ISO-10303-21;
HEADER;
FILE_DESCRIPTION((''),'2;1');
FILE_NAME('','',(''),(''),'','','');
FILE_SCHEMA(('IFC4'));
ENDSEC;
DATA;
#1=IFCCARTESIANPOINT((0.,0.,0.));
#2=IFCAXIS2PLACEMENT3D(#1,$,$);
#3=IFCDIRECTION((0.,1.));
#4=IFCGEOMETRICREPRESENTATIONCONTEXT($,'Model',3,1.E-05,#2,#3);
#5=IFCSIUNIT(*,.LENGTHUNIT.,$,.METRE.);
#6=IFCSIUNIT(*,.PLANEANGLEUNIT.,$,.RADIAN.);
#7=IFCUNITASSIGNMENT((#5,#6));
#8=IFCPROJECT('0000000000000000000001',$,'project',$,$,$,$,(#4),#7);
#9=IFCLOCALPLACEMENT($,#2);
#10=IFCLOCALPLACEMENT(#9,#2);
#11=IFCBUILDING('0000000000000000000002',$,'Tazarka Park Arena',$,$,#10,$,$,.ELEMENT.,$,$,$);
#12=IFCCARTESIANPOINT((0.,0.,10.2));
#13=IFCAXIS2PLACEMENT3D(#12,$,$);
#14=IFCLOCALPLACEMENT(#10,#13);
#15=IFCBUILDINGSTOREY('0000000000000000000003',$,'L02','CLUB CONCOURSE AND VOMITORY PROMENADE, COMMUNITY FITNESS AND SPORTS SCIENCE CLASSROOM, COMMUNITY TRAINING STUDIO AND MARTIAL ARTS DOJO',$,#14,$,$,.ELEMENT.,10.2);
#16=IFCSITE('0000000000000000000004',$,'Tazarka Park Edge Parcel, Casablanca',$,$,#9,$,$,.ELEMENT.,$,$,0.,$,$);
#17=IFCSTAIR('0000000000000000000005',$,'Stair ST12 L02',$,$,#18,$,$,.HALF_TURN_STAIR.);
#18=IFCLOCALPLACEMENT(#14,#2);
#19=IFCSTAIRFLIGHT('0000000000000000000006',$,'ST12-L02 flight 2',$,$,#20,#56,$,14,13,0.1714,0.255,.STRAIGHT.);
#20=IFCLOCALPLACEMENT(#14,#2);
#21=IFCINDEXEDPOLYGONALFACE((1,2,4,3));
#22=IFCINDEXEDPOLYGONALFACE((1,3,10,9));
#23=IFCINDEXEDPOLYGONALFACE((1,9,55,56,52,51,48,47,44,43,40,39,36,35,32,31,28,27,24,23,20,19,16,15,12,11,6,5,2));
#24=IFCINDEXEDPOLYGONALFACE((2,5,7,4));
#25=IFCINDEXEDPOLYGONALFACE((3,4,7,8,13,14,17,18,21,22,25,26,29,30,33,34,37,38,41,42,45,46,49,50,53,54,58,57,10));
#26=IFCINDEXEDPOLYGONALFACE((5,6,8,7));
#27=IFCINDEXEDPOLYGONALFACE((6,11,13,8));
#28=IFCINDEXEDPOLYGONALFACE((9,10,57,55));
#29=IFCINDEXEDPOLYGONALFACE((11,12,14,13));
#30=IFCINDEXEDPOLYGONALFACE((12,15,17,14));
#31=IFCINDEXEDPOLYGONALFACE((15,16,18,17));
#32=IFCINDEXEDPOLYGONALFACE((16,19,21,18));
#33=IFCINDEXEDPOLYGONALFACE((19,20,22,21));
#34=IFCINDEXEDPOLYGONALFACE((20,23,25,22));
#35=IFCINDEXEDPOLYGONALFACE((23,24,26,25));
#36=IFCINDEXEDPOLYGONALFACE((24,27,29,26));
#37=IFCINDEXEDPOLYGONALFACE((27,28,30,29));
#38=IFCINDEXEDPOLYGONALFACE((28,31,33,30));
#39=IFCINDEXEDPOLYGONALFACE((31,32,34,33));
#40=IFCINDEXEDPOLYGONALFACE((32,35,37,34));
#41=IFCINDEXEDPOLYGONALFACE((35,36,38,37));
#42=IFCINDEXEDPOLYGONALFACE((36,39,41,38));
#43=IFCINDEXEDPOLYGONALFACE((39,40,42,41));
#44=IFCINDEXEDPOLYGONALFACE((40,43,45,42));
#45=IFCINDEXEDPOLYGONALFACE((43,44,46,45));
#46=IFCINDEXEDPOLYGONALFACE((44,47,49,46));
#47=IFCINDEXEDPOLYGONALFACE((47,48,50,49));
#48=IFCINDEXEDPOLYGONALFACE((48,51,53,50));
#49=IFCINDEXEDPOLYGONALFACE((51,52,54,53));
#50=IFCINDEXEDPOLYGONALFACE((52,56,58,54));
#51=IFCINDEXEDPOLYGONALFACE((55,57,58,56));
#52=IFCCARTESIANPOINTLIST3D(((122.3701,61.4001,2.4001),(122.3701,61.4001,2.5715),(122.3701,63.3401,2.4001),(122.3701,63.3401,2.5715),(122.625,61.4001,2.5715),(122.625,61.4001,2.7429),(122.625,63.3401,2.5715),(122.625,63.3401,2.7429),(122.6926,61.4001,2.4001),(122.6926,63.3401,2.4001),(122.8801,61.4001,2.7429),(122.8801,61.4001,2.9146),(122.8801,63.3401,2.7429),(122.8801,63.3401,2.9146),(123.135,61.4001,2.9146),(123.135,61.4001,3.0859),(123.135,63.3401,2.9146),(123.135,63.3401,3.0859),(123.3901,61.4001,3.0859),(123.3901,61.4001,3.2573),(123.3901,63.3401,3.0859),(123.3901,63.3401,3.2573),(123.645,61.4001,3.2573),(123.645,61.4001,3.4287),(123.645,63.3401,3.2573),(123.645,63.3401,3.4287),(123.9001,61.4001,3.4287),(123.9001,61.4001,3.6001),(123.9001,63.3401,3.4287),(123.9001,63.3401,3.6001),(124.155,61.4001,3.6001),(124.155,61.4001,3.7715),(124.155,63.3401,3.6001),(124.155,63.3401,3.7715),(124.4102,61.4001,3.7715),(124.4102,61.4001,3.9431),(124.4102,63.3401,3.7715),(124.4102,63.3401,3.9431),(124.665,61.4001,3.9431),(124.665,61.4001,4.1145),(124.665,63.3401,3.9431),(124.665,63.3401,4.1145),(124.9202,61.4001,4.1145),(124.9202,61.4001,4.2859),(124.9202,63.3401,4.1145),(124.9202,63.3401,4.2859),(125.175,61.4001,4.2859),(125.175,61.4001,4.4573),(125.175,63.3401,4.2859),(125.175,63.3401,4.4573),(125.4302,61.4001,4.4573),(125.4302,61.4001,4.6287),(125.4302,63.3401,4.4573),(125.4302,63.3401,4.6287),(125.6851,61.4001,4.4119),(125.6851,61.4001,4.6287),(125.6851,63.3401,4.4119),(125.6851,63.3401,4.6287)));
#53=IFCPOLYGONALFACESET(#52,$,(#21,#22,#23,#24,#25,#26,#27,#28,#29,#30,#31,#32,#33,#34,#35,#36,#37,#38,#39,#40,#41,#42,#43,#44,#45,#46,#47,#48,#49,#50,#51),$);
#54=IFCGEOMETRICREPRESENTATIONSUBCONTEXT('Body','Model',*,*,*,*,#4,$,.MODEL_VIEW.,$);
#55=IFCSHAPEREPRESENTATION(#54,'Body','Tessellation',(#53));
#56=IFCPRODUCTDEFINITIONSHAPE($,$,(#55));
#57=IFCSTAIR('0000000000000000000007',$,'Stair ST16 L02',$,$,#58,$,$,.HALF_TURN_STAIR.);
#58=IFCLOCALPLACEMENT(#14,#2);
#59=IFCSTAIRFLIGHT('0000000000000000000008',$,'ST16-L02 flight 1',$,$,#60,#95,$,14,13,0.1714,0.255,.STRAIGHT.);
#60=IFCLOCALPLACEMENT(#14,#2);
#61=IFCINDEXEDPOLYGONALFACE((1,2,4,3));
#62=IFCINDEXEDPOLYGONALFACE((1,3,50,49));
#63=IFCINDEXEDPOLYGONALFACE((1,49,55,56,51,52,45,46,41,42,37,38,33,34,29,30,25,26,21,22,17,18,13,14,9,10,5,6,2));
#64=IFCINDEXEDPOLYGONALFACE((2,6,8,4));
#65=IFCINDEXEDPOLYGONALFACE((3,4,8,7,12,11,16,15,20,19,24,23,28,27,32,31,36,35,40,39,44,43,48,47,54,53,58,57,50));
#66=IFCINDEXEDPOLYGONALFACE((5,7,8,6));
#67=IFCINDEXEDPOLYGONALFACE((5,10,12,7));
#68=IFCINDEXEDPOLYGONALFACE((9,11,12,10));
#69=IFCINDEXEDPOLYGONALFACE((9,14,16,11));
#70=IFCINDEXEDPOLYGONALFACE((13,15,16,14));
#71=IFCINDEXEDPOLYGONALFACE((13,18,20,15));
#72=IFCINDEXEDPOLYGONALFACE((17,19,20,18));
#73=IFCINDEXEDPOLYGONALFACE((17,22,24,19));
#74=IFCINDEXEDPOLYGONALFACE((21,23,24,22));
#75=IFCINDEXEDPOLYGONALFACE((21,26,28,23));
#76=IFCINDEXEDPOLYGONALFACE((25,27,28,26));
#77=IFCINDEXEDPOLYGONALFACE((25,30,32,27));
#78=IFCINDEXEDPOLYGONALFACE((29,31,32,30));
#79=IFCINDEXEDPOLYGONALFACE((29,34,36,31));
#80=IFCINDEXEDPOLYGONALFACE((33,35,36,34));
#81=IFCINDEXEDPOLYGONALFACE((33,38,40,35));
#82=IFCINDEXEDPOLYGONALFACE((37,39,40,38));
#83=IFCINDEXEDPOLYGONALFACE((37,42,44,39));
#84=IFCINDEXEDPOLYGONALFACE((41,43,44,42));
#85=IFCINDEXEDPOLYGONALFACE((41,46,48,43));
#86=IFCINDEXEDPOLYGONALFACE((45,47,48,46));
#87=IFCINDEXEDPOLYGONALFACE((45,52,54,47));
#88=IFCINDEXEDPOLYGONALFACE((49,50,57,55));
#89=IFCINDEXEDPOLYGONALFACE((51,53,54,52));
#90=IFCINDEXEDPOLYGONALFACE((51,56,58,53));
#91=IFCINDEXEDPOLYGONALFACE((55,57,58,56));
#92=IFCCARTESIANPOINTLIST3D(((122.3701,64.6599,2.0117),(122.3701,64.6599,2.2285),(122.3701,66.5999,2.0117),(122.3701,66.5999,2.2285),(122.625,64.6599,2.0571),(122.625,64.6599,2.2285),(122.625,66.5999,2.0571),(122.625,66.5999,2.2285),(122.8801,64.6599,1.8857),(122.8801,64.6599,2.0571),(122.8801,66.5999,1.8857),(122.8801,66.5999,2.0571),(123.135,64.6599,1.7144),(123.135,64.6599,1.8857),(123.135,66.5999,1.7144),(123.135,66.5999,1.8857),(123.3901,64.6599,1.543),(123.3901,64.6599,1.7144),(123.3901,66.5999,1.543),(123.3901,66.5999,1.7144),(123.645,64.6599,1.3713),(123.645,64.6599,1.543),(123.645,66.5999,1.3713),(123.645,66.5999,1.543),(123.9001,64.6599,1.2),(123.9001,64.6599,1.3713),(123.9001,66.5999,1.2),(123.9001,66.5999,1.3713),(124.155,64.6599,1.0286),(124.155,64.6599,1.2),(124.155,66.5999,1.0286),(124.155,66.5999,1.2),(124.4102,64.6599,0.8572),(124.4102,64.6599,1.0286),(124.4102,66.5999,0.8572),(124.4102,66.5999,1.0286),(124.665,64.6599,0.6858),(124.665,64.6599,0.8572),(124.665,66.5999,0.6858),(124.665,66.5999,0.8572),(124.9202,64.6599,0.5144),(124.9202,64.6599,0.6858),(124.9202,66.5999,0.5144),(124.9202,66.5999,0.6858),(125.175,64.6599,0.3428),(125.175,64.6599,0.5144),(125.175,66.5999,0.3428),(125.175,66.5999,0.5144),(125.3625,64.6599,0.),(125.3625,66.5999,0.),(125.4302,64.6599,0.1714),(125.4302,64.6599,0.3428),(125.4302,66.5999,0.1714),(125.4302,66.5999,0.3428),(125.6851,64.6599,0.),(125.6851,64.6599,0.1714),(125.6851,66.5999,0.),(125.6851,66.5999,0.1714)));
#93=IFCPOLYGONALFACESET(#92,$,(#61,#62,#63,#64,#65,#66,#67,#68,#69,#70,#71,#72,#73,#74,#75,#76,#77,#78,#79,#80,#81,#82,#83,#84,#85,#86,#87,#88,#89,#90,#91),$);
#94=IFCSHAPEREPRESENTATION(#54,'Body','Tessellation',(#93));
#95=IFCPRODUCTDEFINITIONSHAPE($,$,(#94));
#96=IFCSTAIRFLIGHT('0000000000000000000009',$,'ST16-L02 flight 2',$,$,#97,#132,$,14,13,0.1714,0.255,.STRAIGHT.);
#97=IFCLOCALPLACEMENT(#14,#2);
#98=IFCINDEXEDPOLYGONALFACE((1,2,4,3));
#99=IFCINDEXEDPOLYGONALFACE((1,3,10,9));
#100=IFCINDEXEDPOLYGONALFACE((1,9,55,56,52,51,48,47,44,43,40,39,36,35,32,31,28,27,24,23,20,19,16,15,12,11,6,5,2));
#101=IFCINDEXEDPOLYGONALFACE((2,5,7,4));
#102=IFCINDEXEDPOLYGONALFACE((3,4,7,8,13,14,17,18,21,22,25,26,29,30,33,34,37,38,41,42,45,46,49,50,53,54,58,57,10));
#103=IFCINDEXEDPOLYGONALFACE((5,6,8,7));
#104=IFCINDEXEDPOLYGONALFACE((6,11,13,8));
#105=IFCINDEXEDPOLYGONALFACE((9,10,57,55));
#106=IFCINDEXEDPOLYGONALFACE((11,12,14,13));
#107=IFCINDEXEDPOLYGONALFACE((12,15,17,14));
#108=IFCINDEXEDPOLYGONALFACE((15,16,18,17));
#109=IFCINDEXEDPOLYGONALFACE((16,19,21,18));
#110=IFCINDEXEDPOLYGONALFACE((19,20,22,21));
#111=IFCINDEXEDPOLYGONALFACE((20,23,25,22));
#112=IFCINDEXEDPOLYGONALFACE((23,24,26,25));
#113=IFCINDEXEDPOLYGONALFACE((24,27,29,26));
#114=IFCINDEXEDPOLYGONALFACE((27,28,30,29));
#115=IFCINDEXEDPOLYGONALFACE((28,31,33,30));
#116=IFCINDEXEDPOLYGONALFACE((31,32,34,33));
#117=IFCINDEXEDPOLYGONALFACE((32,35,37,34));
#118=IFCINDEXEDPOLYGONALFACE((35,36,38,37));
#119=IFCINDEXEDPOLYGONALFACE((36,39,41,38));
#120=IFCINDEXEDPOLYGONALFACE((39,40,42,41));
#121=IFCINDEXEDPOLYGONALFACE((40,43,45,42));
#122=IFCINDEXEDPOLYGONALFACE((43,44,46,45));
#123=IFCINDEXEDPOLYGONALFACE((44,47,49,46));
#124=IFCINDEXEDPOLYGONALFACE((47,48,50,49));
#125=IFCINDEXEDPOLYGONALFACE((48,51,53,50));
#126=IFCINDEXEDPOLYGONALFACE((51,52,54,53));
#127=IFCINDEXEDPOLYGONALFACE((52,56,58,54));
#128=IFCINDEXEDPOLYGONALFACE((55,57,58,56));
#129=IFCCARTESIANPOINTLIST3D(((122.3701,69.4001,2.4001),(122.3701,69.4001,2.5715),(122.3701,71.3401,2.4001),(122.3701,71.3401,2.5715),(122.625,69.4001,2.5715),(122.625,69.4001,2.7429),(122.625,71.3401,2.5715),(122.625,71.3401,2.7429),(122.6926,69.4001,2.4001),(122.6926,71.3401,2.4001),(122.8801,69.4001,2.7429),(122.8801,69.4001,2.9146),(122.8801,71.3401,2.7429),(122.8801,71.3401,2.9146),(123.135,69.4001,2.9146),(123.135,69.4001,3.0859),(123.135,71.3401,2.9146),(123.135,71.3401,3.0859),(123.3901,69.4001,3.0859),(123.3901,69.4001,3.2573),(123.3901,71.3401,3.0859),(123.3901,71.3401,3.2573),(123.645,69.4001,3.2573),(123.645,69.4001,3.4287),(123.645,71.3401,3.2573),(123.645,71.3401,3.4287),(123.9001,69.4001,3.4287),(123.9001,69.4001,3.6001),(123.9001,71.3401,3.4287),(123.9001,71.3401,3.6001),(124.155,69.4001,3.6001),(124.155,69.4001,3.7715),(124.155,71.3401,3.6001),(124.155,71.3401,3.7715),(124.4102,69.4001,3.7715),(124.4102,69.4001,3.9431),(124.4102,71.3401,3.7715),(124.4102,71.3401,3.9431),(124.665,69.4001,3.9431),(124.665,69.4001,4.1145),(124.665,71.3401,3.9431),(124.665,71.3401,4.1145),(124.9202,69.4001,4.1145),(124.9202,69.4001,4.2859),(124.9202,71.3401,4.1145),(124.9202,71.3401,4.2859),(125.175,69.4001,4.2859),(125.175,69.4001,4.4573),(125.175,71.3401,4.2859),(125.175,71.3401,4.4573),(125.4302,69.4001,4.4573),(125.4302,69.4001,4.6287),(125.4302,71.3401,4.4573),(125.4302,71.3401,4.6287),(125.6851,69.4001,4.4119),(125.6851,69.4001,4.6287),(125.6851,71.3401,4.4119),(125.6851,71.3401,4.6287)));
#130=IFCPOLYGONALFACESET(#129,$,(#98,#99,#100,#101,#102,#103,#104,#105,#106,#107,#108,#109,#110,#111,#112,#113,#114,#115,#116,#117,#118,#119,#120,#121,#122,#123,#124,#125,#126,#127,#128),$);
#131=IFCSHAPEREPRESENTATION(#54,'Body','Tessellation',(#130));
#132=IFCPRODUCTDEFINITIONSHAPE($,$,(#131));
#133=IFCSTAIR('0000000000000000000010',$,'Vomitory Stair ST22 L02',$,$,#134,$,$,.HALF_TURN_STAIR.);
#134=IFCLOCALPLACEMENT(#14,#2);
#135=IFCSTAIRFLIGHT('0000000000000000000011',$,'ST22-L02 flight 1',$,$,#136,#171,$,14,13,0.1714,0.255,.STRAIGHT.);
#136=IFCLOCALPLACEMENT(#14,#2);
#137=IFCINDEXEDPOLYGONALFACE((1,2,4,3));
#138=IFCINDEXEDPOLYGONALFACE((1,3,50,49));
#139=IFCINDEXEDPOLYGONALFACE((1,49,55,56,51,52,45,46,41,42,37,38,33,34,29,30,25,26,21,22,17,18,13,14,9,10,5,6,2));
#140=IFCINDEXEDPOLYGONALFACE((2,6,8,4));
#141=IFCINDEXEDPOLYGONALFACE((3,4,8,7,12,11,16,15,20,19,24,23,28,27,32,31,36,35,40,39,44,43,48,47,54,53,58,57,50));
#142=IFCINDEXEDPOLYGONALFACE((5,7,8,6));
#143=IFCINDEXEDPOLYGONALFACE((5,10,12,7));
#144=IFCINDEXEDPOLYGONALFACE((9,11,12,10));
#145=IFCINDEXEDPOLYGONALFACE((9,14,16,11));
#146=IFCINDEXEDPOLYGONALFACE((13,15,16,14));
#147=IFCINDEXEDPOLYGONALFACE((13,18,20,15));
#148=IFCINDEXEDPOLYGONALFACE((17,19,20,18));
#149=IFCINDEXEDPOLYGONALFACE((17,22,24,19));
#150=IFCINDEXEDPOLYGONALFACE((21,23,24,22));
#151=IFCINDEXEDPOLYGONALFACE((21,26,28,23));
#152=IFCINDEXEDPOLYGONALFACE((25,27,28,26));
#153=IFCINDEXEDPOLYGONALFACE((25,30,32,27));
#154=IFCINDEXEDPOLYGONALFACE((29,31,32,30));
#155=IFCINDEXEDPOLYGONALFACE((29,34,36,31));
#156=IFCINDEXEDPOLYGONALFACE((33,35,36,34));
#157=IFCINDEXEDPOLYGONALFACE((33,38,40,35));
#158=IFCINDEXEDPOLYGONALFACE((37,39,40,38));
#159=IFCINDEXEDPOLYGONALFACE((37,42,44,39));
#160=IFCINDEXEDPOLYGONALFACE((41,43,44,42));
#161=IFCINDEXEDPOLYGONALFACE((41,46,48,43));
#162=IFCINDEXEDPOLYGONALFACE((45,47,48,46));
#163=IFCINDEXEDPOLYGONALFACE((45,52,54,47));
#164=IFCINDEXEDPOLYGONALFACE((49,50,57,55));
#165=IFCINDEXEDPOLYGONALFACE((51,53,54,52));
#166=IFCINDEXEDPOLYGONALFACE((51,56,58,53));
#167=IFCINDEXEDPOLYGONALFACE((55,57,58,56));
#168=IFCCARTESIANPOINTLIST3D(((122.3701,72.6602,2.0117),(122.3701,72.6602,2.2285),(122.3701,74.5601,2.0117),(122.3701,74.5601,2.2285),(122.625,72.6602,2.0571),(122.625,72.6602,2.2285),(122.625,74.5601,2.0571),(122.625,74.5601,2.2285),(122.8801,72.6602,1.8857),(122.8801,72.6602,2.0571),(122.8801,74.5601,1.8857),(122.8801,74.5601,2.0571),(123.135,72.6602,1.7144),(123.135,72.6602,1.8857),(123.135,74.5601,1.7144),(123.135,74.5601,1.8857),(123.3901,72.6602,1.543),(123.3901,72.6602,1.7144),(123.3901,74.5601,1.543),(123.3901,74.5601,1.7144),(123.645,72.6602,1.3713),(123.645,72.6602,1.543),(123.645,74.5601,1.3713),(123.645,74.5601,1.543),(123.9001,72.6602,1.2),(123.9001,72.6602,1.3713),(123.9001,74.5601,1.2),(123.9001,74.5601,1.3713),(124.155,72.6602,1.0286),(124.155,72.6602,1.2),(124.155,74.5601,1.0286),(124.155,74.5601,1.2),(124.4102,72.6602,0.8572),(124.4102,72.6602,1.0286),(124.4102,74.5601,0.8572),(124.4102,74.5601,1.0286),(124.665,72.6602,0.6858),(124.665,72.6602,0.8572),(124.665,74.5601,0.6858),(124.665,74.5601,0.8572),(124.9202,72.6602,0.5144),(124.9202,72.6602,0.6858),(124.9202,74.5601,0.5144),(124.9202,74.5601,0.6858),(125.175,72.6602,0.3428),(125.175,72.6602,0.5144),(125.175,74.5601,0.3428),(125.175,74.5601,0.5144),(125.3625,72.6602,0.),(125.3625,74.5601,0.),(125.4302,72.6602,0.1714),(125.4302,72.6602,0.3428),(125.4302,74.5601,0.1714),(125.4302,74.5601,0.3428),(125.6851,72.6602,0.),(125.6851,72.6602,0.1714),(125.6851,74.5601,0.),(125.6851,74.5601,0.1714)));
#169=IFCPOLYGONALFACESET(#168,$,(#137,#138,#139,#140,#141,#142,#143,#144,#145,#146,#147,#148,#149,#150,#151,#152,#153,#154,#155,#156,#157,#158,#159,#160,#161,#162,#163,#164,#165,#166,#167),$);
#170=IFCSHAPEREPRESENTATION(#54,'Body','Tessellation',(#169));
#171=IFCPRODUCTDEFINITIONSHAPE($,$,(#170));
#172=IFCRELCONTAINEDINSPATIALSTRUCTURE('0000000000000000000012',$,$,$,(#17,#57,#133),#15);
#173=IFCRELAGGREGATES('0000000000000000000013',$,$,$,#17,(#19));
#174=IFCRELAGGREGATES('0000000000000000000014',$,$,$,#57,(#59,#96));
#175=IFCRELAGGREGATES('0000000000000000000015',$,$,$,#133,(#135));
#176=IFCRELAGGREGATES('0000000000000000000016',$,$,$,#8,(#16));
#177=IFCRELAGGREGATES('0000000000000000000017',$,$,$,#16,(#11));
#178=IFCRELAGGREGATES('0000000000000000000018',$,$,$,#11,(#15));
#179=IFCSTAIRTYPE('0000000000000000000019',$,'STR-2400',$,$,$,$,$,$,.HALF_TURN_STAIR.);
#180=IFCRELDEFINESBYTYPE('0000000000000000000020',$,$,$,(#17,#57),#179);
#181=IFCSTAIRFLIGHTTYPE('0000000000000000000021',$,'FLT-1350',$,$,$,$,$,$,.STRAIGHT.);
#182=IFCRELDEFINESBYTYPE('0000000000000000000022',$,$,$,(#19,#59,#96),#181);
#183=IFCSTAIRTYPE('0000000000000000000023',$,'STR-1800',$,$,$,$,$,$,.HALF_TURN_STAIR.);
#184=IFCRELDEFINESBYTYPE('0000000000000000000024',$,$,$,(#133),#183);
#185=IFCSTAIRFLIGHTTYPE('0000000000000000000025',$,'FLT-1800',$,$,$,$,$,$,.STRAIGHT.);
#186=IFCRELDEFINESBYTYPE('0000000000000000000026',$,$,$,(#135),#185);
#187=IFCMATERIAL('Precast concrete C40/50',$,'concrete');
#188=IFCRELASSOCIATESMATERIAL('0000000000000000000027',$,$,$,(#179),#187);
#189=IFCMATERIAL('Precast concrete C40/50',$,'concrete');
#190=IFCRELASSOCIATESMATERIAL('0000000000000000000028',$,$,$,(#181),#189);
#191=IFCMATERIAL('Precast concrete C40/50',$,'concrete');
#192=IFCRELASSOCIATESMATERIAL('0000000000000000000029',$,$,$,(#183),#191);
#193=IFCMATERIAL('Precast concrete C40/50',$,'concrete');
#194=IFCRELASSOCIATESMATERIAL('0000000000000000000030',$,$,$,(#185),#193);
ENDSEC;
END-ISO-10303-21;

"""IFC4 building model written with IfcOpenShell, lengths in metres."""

from ifc_helpers import new_model, si_unit, direction, frame, origin, place, context, subcontext, project, spatial, polyline, outline, extrude, material, type_object, element, aggregate, save


model = new_model("IFC4")

# Units and contexts
model_context = context("Model", 3, precision=1e-05, world=origin(), true_north=direction((0.0, 1.0)))
body_context = subcontext(model_context, "Body", "Model", "MODEL_VIEW")
ifc_project = project(units=[si_unit("LENGTHUNIT", "METRE"), si_unit("PLANEANGLEUNIT", "RADIAN")], contexts=[model_context])

# Site, building, storey
site_placement = place(None, origin())
site = spatial("IfcSite", under=ifc_project, at=site_placement, Name="Tazarka Park Edge Parcel, Casablanca", CompositionType="ELEMENT", RefElevation=0.0)
building_placement = place(site_placement, origin())
building = spatial("IfcBuilding", under=site, at=building_placement, Name="Tazarka Park Arena", CompositionType="ELEMENT")
storey_placement = place(building_placement, frame((0.0, 0.0, 10.2)))
storey = spatial("IfcBuildingStorey", under=building, at=storey_placement, Name="L02", Description="CLUB CONCOURSE AND VOMITORY PROMENADE, COMMUNITY FITNESS AND SPORTS SCIENCE CLASSROOM, COMMUNITY TRAINING STUDIO AND MARTIAL ARTS DOJO", CompositionType="ELEMENT", Elevation=10.2)

# Stair, stair flight
ifc_material_1 = material(Name="Precast concrete C40/50", Category="concrete")
stair_type_1 = type_object("IfcStairType", Name="STR-2400", PredefinedType="HALF_TURN_STAIR", material=ifc_material_1)
stair_1_placement = place(storey_placement, origin())
stair_1 = element("IfcStair", 1, at=stair_1_placement, inside=storey, type_object=stair_type_1, Name="Stair ST12 L02", PredefinedType="HALF_TURN_STAIR")
ifc_material_2 = material(Name="Precast concrete C40/50", Category="concrete")
stair_flight_type_1 = type_object("IfcStairFlightType", Name="FLT-1350", PredefinedType="STRAIGHT", material=ifc_material_2)
stair_flight_1_placement = place(storey_placement, frame((122.3701, 62.3701, 2.4001), z_axis=(0.0, 0.0, 1.0), x_axis=(1.0, 0.0, 0.0)))
stair_flight_1 = element("IfcStairFlight", 2, at=stair_flight_1_placement, type_object=stair_flight_type_1, Name="ST12-L02 flight 2", NumberOfRisers=14, NumberOfTreads=13, PredefinedType="STRAIGHT", RiserHeight=0.1714, TreadLength=0.255, context=body_context, shape_type="SweptSolid", body=[
    extrude(outline(polyline([(0.0, 0.0), (0.0, 0.1714), (0.2549, 0.1714), (0.2549, 0.3428), (0.51, 0.3428), (0.51, 0.5144), (0.7649, 0.5144), (0.7649, 0.6858), (1.02, 0.6858), (1.02, 0.8572), (1.2749, 0.8572), (1.2749, 1.0286), (1.53, 1.0286), (1.53, 1.2), (1.7849, 1.2), (1.7849, 1.3713), (2.04, 1.3713), (2.04, 1.543), (2.2949, 1.543), (2.2949, 1.7144), (2.55, 1.7144), (2.55, 1.8857), (2.8049, 1.8857), (2.8049, 2.0571), (3.0601, 2.0571), (3.0601, 2.2285), (3.3149, 2.2285), (3.3149, 2.3999), (3.3149, 2.0117), (0.3225, 0.0), (0.0, 0.0)])), frame((0.0, 0.97, 0.0), z_axis=(0.0, -1.0, 0.0), x_axis=(1.0, 0.0, 0.0)), (0.0, 0.0, 1.0), 1.9399),
])
aggregate(stair_1, [stair_flight_1])

# Stair, stair flights
stair_2_placement = place(storey_placement, origin())
stair_2 = element("IfcStair", 3, at=stair_2_placement, inside=storey, type_object=stair_type_1, Name="Stair ST16 L02", PredefinedType="HALF_TURN_STAIR")
stair_flight_2_placement = place(storey_placement, frame((125.6851, 65.6299, 0.0), z_axis=(0.0, 0.0, 1.0), x_axis=(-1.0, 0.0, 0.0)))
stair_flight_2 = element("IfcStairFlight", 4, at=stair_flight_2_placement, type_object=stair_flight_type_1, Name="ST16-L02 flight 1", NumberOfRisers=14, NumberOfTreads=13, PredefinedType="STRAIGHT", RiserHeight=0.1714, TreadLength=0.255, context=body_context, shape_type="SweptSolid", body=[
    extrude(outline(polyline([(0.0, 0.0), (0.0, 0.1714), (0.2549, 0.1714), (0.2549, 0.3428), (0.51, 0.3428), (0.51, 0.5144), (0.7649, 0.5144), (0.7649, 0.6858), (1.02, 0.6858), (1.02, 0.8572), (1.2749, 0.8572), (1.2749, 1.0286), (1.53, 1.0286), (1.53, 1.2), (1.7849, 1.2), (1.7849, 1.3713), (2.04, 1.3713), (2.04, 1.543), (2.2949, 1.543), (2.2949, 1.7144), (2.55, 1.7144), (2.55, 1.8857), (2.8049, 1.8857), (2.8049, 2.0571), (3.0601, 2.0571), (3.0601, 2.2285), (3.3149, 2.2285), (3.3149, 2.3999), (3.3149, 2.0117), (0.3225, 0.0), (0.0, 0.0)])), frame((0.0, 0.97, 0.0), z_axis=(0.0, -1.0, 0.0), x_axis=(1.0, 0.0, 0.0)), (0.0, 0.0, 1.0), 1.9399),
])
stair_flight_3_placement = place(storey_placement, frame((122.3701, 70.3701, 2.4001), z_axis=(0.0, 0.0, 1.0), x_axis=(1.0, 0.0, 0.0)))
stair_flight_3 = element("IfcStairFlight", 5, at=stair_flight_3_placement, type_object=stair_flight_type_1, Name="ST16-L02 flight 2", NumberOfRisers=14, NumberOfTreads=13, PredefinedType="STRAIGHT", RiserHeight=0.1714, TreadLength=0.255, context=body_context, shape_type="SweptSolid", body=[
    extrude(outline(polyline([(0.0, 0.0), (0.0, 0.1714), (0.2549, 0.1714), (0.2549, 0.3428), (0.51, 0.3428), (0.51, 0.5144), (0.7649, 0.5144), (0.7649, 0.6858), (1.02, 0.6858), (1.02, 0.8572), (1.2749, 0.8572), (1.2749, 1.0286), (1.53, 1.0286), (1.53, 1.2), (1.7849, 1.2), (1.7849, 1.3713), (2.04, 1.3713), (2.04, 1.543), (2.2949, 1.543), (2.2949, 1.7144), (2.55, 1.7144), (2.55, 1.8857), (2.8049, 1.8857), (2.8049, 2.0571), (3.0601, 2.0571), (3.0601, 2.2285), (3.3149, 2.2285), (3.3149, 2.3999), (3.3149, 2.0117), (0.3225, 0.0), (0.0, 0.0)])), frame((0.0, 0.97, 0.0), z_axis=(0.0, -1.0, 0.0), x_axis=(1.0, 0.0, 0.0)), (0.0, 0.0, 1.0), 1.9399),
])
aggregate(stair_2, [stair_flight_2, stair_flight_3])

# Stair, stair flight
ifc_material_3 = material(Name="Precast concrete C40/50", Category="concrete")
stair_type_2 = type_object("IfcStairType", Name="STR-1800", PredefinedType="HALF_TURN_STAIR", material=ifc_material_3)
stair_3_placement = place(storey_placement, origin())
stair_3 = element("IfcStair", 6, at=stair_3_placement, inside=storey, type_object=stair_type_2, Name="Vomitory Stair ST22 L02", PredefinedType="HALF_TURN_STAIR")
ifc_material_4 = material(Name="Precast concrete C40/50", Category="concrete")
stair_flight_type_2 = type_object("IfcStairFlightType", Name="FLT-1800", PredefinedType="STRAIGHT", material=ifc_material_4)
stair_flight_4_placement = place(storey_placement, frame((125.6851, 73.6101, 0.0), z_axis=(0.0, 0.0, 1.0), x_axis=(-1.0, 0.0, 0.0)))
stair_flight_4 = element("IfcStairFlight", 7, at=stair_flight_4_placement, type_object=stair_flight_type_2, Name="ST22-L02 flight 1", NumberOfRisers=14, NumberOfTreads=13, PredefinedType="STRAIGHT", RiserHeight=0.1714, TreadLength=0.255, context=body_context, shape_type="SweptSolid", body=[
    extrude(outline(polyline([(0.0, 0.0), (0.0, 0.1714), (0.2549, 0.1714), (0.2549, 0.3428), (0.51, 0.3428), (0.51, 0.5144), (0.7649, 0.5144), (0.7649, 0.6858), (1.02, 0.6858), (1.02, 0.8572), (1.2749, 0.8572), (1.2749, 1.0286), (1.53, 1.0286), (1.53, 1.2), (1.7849, 1.2), (1.7849, 1.3713), (2.04, 1.3713), (2.04, 1.543), (2.2949, 1.543), (2.2949, 1.7144), (2.55, 1.7144), (2.55, 1.8857), (2.8049, 1.8857), (2.8049, 2.0571), (3.0601, 2.0571), (3.0601, 2.2285), (3.3149, 2.2285), (3.3149, 2.3999), (3.3149, 2.0117), (0.3225, 0.0), (0.0, 0.0)])), frame((0.0, 0.95, 0.0), z_axis=(0.0, -1.0, 0.0), x_axis=(1.0, 0.0, 0.0)), (0.0, 0.0, 1.0), 1.8999),
])
aggregate(stair_3, [stair_flight_4])

save(model, "model.ifc")
